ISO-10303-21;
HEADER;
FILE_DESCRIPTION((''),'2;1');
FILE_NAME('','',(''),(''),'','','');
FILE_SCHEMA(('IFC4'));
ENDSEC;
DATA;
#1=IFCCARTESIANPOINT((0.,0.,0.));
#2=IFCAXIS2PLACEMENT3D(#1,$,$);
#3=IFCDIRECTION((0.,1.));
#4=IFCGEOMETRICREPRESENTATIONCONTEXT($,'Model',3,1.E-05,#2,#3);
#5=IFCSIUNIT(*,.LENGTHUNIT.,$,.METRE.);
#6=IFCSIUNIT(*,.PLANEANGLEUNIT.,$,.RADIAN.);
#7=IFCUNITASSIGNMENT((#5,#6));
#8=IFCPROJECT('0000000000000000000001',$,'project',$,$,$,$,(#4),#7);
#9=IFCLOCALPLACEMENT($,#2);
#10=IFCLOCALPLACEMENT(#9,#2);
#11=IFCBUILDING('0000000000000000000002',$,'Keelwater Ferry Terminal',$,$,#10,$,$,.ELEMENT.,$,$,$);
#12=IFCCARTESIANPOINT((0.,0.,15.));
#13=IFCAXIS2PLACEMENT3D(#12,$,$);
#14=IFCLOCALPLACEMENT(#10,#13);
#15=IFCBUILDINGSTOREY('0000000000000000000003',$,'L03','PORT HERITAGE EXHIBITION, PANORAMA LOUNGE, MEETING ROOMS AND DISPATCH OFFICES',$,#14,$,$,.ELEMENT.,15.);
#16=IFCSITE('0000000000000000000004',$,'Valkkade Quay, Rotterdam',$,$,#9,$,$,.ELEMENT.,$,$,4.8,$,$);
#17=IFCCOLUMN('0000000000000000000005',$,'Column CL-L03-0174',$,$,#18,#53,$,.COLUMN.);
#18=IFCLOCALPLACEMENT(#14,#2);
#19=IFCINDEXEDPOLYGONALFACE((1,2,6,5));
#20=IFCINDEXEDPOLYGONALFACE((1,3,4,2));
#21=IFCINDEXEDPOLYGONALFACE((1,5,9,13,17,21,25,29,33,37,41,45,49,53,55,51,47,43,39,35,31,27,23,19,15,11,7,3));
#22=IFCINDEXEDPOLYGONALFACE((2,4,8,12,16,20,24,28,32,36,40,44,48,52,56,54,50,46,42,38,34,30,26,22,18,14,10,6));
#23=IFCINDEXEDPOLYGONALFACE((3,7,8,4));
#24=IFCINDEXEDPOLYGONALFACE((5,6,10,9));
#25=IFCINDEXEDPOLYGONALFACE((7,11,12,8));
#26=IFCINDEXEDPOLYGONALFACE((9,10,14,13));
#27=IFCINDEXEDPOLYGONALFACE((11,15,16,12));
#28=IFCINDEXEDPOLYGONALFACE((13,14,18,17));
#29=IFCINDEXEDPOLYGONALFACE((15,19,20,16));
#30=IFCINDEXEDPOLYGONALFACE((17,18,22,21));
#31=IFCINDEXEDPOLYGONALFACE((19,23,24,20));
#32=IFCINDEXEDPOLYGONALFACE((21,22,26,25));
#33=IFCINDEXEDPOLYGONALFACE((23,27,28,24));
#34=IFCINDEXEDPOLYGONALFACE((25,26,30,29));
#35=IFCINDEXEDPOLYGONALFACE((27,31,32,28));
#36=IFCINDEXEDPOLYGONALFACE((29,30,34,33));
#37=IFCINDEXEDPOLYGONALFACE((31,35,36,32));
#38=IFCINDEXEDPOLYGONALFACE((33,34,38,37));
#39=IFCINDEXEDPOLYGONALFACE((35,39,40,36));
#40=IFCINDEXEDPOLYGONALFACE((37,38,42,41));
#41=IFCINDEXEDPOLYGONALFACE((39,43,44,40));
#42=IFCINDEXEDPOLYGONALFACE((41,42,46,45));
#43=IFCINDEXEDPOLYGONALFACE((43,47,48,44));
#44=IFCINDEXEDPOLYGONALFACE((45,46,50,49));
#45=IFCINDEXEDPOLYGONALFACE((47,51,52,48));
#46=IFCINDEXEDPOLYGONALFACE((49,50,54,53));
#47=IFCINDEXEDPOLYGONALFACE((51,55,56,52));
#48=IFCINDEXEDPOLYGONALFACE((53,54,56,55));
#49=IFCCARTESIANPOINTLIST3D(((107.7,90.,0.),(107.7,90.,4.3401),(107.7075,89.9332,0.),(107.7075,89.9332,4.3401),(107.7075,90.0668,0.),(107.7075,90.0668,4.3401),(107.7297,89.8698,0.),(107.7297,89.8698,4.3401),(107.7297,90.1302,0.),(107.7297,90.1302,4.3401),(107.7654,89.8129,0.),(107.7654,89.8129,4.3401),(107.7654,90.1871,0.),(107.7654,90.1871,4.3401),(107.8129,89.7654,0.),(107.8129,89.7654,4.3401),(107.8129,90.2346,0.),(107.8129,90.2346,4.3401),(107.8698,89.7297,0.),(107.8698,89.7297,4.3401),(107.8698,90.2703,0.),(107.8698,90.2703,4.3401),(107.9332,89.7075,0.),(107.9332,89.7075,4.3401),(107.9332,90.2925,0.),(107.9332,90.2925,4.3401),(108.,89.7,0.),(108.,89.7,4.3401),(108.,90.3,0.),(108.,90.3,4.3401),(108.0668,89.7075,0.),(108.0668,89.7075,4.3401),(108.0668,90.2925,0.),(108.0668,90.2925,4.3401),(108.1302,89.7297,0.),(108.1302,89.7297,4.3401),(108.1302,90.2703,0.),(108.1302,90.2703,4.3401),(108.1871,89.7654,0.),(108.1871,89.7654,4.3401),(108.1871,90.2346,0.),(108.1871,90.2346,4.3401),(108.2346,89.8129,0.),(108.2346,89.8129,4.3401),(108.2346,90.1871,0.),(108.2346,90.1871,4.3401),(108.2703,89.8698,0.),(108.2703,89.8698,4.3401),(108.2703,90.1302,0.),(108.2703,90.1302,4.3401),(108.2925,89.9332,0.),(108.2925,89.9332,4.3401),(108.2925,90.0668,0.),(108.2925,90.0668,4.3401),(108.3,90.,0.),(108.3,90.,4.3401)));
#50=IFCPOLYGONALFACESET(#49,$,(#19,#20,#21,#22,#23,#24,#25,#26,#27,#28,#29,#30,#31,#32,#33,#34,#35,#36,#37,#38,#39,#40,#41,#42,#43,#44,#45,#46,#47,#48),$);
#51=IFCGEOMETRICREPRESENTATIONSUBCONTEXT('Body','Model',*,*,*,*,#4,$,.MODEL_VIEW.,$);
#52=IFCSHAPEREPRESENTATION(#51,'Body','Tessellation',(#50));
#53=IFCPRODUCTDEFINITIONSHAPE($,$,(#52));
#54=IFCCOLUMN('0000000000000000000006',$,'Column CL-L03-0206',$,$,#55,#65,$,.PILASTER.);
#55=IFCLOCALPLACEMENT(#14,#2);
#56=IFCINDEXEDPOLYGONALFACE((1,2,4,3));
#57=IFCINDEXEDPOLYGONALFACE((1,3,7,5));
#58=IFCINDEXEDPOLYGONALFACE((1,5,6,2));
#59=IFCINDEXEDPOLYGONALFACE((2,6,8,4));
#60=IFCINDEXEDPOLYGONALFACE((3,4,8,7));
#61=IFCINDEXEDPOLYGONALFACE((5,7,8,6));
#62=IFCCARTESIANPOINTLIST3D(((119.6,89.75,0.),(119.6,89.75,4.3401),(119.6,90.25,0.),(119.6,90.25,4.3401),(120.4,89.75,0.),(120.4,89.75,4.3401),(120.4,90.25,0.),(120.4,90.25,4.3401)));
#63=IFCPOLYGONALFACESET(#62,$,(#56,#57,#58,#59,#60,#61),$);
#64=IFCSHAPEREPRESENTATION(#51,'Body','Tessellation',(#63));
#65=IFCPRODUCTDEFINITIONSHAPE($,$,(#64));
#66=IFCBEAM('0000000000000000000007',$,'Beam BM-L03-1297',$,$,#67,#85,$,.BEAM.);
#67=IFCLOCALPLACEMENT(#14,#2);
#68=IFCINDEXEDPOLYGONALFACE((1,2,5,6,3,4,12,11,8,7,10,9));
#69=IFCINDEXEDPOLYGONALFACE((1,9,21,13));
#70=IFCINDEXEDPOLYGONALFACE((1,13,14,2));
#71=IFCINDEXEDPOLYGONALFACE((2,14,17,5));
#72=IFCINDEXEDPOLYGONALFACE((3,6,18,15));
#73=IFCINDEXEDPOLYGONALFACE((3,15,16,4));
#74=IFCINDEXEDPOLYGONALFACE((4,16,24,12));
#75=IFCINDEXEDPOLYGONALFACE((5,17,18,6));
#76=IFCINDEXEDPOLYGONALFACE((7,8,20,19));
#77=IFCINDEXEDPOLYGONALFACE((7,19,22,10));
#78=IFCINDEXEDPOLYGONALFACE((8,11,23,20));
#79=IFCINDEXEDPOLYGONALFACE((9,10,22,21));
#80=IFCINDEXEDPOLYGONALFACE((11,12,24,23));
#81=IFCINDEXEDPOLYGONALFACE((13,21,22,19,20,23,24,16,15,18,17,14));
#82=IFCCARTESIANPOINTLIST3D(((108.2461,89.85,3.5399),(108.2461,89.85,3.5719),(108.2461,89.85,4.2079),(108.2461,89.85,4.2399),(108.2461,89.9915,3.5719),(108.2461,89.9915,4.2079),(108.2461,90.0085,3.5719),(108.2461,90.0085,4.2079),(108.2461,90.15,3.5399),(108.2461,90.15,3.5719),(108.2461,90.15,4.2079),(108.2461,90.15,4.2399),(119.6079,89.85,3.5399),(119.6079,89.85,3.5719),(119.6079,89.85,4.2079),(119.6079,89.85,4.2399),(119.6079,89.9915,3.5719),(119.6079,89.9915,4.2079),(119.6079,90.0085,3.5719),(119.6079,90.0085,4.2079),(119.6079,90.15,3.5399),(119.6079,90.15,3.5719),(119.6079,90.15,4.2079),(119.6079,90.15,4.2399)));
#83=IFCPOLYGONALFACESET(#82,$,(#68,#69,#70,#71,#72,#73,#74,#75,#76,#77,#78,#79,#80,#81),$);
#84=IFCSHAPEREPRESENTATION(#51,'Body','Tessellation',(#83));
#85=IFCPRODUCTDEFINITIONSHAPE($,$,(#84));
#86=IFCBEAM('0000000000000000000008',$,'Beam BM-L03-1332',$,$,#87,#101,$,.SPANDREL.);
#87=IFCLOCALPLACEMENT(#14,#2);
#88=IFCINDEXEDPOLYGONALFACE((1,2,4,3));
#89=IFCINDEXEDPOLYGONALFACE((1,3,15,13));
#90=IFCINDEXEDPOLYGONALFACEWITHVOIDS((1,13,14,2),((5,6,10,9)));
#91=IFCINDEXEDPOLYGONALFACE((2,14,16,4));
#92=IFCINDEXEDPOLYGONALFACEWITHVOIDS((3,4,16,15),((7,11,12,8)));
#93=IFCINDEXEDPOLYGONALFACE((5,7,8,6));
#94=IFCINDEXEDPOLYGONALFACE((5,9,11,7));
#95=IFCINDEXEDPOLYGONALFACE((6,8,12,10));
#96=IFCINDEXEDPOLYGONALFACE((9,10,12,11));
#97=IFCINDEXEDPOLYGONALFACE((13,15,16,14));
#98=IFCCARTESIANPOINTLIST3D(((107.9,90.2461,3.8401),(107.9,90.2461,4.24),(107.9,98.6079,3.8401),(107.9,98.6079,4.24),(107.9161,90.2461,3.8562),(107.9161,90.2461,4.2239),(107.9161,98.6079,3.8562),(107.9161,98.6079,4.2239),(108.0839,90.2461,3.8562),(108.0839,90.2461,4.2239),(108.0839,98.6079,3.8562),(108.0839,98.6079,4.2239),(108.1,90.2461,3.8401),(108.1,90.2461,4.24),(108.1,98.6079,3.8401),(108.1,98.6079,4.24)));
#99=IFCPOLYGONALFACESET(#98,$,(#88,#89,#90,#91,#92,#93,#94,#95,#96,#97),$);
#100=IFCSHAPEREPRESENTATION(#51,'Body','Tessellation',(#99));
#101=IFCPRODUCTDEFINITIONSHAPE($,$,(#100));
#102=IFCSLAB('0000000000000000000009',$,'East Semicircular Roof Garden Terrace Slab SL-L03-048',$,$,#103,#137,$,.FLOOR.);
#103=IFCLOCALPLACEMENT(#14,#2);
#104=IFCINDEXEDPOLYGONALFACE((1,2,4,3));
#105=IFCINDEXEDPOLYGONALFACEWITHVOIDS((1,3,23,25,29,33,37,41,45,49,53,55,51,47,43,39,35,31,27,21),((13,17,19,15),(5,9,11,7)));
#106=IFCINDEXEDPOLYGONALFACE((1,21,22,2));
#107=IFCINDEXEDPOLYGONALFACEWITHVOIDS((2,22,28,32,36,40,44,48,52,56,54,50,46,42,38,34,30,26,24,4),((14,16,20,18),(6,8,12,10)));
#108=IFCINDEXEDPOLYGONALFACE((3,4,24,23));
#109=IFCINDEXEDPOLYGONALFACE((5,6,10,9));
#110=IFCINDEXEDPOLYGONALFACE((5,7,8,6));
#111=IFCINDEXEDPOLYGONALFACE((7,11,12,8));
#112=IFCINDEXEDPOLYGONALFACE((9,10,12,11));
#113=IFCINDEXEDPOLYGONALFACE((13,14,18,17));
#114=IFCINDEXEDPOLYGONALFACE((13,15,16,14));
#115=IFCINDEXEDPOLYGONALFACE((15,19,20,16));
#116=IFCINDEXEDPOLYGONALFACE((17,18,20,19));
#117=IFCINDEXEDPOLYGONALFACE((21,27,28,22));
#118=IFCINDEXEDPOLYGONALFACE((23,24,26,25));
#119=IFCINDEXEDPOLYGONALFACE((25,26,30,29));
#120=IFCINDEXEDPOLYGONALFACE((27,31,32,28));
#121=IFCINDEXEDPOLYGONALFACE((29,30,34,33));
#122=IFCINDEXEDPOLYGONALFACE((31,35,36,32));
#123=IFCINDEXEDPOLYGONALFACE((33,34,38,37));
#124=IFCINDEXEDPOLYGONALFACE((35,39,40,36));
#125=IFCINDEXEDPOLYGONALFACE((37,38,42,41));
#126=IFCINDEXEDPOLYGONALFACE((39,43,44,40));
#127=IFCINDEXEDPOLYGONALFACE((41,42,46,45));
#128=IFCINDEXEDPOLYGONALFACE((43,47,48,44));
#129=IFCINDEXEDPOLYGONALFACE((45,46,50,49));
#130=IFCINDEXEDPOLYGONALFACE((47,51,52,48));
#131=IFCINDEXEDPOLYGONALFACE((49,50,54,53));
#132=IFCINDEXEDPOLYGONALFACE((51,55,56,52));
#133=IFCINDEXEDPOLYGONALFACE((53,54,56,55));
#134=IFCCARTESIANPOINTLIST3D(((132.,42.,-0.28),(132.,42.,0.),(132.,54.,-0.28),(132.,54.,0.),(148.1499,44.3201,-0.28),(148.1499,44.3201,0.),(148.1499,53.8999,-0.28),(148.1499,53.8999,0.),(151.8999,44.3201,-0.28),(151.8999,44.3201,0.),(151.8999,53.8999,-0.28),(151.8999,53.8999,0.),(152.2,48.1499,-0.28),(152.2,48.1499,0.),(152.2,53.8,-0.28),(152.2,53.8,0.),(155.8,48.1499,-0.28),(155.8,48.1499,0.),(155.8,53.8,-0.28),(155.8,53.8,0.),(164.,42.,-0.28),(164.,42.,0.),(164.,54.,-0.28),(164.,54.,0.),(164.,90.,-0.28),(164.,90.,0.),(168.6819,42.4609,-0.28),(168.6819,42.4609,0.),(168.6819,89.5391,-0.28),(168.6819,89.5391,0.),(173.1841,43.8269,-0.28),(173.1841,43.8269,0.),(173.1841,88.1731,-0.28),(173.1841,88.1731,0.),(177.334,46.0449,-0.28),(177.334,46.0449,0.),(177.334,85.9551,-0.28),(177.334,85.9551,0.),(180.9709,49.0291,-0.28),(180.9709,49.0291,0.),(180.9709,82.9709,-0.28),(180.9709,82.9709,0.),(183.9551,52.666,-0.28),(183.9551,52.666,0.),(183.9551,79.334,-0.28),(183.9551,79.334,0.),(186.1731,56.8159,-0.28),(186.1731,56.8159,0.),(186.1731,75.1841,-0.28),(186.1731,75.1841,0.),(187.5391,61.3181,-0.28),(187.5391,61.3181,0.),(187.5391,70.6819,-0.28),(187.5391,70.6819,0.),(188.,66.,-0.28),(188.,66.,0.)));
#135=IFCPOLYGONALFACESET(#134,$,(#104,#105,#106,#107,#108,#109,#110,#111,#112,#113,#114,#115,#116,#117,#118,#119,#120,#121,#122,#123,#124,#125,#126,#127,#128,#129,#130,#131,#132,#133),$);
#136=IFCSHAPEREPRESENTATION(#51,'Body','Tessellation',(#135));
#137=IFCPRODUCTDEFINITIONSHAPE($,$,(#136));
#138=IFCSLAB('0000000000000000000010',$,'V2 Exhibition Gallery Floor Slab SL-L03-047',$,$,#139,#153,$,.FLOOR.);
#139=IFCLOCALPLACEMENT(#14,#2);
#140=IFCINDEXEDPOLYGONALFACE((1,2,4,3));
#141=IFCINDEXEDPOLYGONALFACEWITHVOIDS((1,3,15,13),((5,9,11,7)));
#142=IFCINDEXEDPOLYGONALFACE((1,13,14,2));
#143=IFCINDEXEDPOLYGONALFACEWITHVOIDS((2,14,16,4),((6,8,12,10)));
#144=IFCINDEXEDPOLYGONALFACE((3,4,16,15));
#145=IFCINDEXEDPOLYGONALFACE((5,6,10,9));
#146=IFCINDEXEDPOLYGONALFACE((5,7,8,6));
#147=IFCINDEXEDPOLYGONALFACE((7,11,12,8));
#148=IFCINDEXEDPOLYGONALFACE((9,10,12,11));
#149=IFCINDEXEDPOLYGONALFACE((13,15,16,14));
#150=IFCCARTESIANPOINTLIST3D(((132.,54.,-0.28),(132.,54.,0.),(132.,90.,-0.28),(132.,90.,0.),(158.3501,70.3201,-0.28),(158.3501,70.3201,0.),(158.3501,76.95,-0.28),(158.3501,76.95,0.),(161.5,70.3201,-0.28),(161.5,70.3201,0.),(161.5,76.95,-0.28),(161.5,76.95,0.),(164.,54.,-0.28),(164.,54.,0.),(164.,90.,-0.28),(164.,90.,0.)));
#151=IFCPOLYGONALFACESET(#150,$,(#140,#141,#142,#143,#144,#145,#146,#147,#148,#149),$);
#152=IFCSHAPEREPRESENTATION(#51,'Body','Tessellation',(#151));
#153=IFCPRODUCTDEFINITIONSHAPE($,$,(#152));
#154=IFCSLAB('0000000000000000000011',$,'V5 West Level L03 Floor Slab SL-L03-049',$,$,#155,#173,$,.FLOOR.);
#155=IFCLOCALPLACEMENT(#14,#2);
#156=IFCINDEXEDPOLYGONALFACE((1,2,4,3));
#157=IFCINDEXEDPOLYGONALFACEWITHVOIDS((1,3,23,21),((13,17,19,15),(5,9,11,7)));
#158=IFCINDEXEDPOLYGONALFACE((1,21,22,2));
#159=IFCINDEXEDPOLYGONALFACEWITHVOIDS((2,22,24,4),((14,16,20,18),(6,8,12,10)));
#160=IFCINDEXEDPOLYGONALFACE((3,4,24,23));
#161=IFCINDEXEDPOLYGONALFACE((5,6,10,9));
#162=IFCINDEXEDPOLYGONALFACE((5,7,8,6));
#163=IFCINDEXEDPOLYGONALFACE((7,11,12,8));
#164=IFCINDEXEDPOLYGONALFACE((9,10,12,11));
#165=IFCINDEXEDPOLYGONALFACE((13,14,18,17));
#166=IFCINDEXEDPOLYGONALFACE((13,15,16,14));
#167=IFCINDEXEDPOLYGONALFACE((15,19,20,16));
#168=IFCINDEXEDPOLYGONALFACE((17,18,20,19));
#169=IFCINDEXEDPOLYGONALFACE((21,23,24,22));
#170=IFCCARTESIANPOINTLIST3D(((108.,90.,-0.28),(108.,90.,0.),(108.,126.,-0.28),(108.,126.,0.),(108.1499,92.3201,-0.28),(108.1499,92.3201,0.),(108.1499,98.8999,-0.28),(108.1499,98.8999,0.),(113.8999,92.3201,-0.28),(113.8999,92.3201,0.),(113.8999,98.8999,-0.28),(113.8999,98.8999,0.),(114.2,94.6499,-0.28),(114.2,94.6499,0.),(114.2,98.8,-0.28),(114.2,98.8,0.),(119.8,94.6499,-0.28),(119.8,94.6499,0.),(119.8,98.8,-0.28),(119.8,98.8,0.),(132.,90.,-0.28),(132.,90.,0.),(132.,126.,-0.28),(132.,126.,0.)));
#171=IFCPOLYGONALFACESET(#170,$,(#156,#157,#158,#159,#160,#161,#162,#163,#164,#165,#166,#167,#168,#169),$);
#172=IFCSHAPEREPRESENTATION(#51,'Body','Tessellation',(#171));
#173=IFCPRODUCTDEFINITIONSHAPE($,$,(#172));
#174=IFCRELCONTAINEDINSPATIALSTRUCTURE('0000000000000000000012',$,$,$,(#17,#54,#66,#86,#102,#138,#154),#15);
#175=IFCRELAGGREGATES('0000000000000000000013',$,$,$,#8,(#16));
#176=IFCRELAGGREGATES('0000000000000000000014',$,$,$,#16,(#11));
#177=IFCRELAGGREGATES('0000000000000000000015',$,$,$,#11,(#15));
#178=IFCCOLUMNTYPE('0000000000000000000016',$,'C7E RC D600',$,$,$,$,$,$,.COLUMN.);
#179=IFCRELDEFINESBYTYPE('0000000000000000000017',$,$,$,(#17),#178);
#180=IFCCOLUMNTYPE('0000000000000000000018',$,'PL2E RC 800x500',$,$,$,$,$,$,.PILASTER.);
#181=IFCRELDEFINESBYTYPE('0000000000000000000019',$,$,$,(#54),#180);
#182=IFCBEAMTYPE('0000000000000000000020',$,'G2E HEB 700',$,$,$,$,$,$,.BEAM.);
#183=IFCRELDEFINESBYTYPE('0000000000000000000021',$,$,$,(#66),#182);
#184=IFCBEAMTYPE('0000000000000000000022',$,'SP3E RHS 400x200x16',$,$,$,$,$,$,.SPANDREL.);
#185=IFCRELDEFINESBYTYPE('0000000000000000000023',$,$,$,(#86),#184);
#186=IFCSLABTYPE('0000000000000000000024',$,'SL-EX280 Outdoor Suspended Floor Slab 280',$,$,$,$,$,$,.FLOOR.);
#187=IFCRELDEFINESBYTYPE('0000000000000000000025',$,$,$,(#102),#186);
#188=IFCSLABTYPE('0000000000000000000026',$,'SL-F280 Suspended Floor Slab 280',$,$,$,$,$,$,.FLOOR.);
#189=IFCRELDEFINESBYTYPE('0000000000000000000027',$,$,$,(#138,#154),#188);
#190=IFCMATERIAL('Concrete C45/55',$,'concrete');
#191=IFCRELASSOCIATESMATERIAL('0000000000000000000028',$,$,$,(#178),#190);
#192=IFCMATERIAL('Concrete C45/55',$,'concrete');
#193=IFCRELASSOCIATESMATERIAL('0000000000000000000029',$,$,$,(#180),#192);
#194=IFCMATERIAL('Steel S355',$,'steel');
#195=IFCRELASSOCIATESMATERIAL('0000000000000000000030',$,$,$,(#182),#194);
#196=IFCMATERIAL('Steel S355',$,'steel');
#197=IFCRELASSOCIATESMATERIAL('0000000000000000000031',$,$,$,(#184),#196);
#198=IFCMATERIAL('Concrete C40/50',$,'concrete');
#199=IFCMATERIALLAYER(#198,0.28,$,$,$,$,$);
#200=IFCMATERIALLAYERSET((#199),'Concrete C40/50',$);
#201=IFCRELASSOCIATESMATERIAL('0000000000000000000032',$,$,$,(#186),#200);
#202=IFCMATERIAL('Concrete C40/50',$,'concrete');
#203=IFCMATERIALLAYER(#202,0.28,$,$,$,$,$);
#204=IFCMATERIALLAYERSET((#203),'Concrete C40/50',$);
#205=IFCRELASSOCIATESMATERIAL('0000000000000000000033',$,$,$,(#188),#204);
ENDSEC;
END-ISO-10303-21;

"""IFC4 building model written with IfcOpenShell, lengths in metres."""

from ifc_helpers import new_model, si_unit, direction, frame, origin, origin_2d, place, context, subcontext, project, spatial, polyline, rectangle, hollow_rectangle, circle, i_section, outline, extrude, material, layer, layer_set, material_profile, profile_set, type_object, element, save


model = new_model("IFC4")

# Units and contexts
model_context = context("Model", 3, precision=1e-05, world=origin(), true_north=direction((0.0, 1.0)))
body_context = subcontext(model_context, "Body", "Model", "MODEL_VIEW")
ifc_project = project(units=[si_unit("LENGTHUNIT", "METRE"), si_unit("PLANEANGLEUNIT", "RADIAN")], contexts=[model_context])

# Site, building, storey
site_placement = place(None, origin())
site = spatial("IfcSite", under=ifc_project, at=site_placement, Name="Valkkade Quay, Rotterdam", CompositionType="ELEMENT", RefElevation=4.8)
building_placement = place(site_placement, origin())
building = spatial("IfcBuilding", under=site, at=building_placement, Name="Keelwater Ferry Terminal", CompositionType="ELEMENT")
storey_placement = place(building_placement, frame((0.0, 0.0, 15.0)))
storey = spatial("IfcBuildingStorey", under=building, at=storey_placement, Name="L03", Description="PORT HERITAGE EXHIBITION, PANORAMA LOUNGE, MEETING ROOMS AND DISPATCH OFFICES", CompositionType="ELEMENT", Elevation=15.0)

# Columns
ifc_material_1 = material(Name="Concrete C45/55", Category="concrete")
ifc_material_profile_1 = material_profile(ifc_material_1, circle(Radius=0.3, at=origin_2d()), Name="RC D600")
ifc_profile_set_1 = profile_set([ifc_material_profile_1], Name="Concrete C45/55")
column_type_1 = type_object("IfcColumnType", Name="C7E RC D600", PredefinedType="COLUMN", material=ifc_profile_set_1)
column_1_placement = place(storey_placement, frame((108.0, 90.0, 0.0), z_axis=(0.0, 0.0, 1.0), x_axis=(1.0, 0.0, 0.0)))
element("IfcColumn", 1, at=column_1_placement, inside=storey, type_object=column_type_1, Name="Column CL-L03-0174", PredefinedType="COLUMN", context=body_context, shape_type="SweptSolid", body=[
    extrude(circle(Radius=0.3, at=origin_2d()), origin(), (0.0, 0.0, 1.0), 4.3401),
])
ifc_material_2 = material(Name="Concrete C45/55", Category="concrete")
ifc_material_profile_2 = material_profile(ifc_material_2, rectangle(XDim=0.5, YDim=0.8, at=origin_2d()), Name="RC 800x500")
ifc_profile_set_2 = profile_set([ifc_material_profile_2], Name="Concrete C45/55")
column_type_2 = type_object("IfcColumnType", Name="PL2E RC 800x500", PredefinedType="PILASTER", material=ifc_profile_set_2)
column_2_placement = place(storey_placement, frame((120.0, 90.0, 0.0), z_axis=(0.0, 0.0, 1.0), x_axis=(0.0, 1.0, 0.0)))
element("IfcColumn", 2, at=column_2_placement, inside=storey, type_object=column_type_2, Name="Column CL-L03-0206", PredefinedType="PILASTER", context=body_context, shape_type="SweptSolid", body=[
    extrude(rectangle(XDim=0.5, YDim=0.8, at=origin_2d()), origin(), (0.0, 0.0, 1.0), 4.3401),
])

# Beams
ifc_material_3 = material(Name="Steel S355", Category="steel")
ifc_material_profile_3 = material_profile(ifc_material_3, i_section(OverallWidth=0.3, OverallDepth=0.7, WebThickness=0.0171, FlangeThickness=0.032, at=origin_2d()), Name="HEB 700")
ifc_profile_set_3 = profile_set([ifc_material_profile_3], Name="Steel S355")
beam_type_1 = type_object("IfcBeamType", Name="G2E HEB 700", PredefinedType="BEAM", material=ifc_profile_set_3)
beam_1_placement = place(storey_placement, frame((108.2461, 90.0, 3.8899), z_axis=(1.0, 0.0, 0.0), x_axis=(0.0, 1.0, 0.0)))
element("IfcBeam", 3, at=beam_1_placement, inside=storey, type_object=beam_type_1, Name="Beam BM-L03-1297", PredefinedType="BEAM", context=body_context, shape_type="SweptSolid", body=[
    extrude(i_section(OverallWidth=0.3, OverallDepth=0.7, WebThickness=0.0171, FlangeThickness=0.032, at=origin_2d()), origin(), (0.0, 0.0, 1.0), 11.3618),
])
ifc_material_4 = material(Name="Steel S355", Category="steel")
ifc_material_profile_4 = material_profile(ifc_material_4, hollow_rectangle(XDim=0.2, YDim=0.3999, WallThickness=0.0161, at=origin_2d()), Name="RHS 400x200x16")
ifc_profile_set_4 = profile_set([ifc_material_profile_4], Name="Steel S355")
beam_type_2 = type_object("IfcBeamType", Name="SP3E RHS 400x200x16", PredefinedType="SPANDREL", material=ifc_profile_set_4)
beam_2_placement = place(storey_placement, frame((108.0, 90.2461, 4.04), z_axis=(0.0, 1.0, 0.0), x_axis=(-1.0, 0.0, 0.0)))
element("IfcBeam", 4, at=beam_2_placement, inside=storey, type_object=beam_type_2, Name="Beam BM-L03-1332", PredefinedType="SPANDREL", context=body_context, shape_type="SweptSolid", body=[
    extrude(hollow_rectangle(XDim=0.2, YDim=0.3999, WallThickness=0.0161, at=origin_2d()), origin(), (0.0, 0.0, 1.0), 8.3618),
])

# Slabs
ifc_material_5 = material(Name="Concrete C40/50", Category="concrete")
ifc_layer_1 = layer(ifc_material_5, 0.28)
ifc_layer_set_1 = layer_set([ifc_layer_1], Name="Concrete C40/50")
slab_type_1 = type_object("IfcSlabType", Name="SL-EX280 Outdoor Suspended Floor Slab 280", PredefinedType="FLOOR", material=ifc_layer_set_1)
slab_1_placement = place(storey_placement, frame((0.0, 0.0, -0.28)))
element("IfcSlab", 5, at=slab_1_placement, inside=storey, type_object=slab_type_1, Name="East Semicircular Roof Garden Terrace Slab SL-L03-048", PredefinedType="FLOOR", context=body_context, shape_type="SweptSolid", body=[
    extrude(outline(polyline([(132.0, 42.0), (164.0, 42.0), (168.6819, 42.4609), (173.1841, 43.8269), (177.334, 46.0449), (180.9709, 49.0291), (183.9551, 52.666), (186.1731, 56.8159), (187.5391, 61.3181), (188.0, 66.0), (187.5391, 70.6819), (186.1731, 75.1841), (183.9551, 79.334), (180.9709, 82.9709), (177.334, 85.9551), (173.1841, 88.1731), (168.6819, 89.5391), (164.0, 90.0), (164.0, 54.0), (132.0, 54.0), (132.0, 42.0)]), holes=[polyline([(148.1499, 44.3201), (151.8999, 44.3201), (151.8999, 53.8999), (148.1499, 53.8999), (148.1499, 44.3201)]), polyline([(152.2, 48.1499), (155.8, 48.1499), (155.8, 53.8), (152.2, 53.8), (152.2, 48.1499)])]), origin(), (0.0, 0.0, 1.0), 0.28),
])
ifc_material_6 = material(Name="Concrete C40/50", Category="concrete")
ifc_layer_2 = layer(ifc_material_6, 0.28)
ifc_layer_set_2 = layer_set([ifc_layer_2], Name="Concrete C40/50")
slab_type_2 = type_object("IfcSlabType", Name="SL-F280 Suspended Floor Slab 280", PredefinedType="FLOOR", material=ifc_layer_set_2)
slab_2_placement = place(storey_placement, frame((0.0, 0.0, -0.28)))
element("IfcSlab", 6, at=slab_2_placement, inside=storey, type_object=slab_type_2, Name="V2 Exhibition Gallery Floor Slab SL-L03-047", PredefinedType="FLOOR", context=body_context, shape_type="SweptSolid", body=[
    extrude(outline(polyline([(132.0, 54.0), (164.0, 54.0), (164.0, 90.0), (132.0, 90.0), (132.0, 54.0)]), holes=[polyline([(158.3501, 70.3201), (161.5, 70.3201), (161.5, 76.95), (158.3501, 76.95), (158.3501, 70.3201)])]), origin(), (0.0, 0.0, 1.0), 0.28),
])
slab_3_placement = place(storey_placement, frame((0.0, 0.0, -0.28)))
element("IfcSlab", 7, at=slab_3_placement, inside=storey, type_object=slab_type_2, Name="V5 West Level L03 Floor Slab SL-L03-049", PredefinedType="FLOOR", context=body_context, shape_type="SweptSolid", body=[
    extrude(outline(polyline([(108.0, 90.0), (132.0, 90.0), (132.0, 126.0), (108.0, 126.0), (108.0, 90.0)]), holes=[polyline([(108.1499, 92.3201), (113.8999, 92.3201), (113.8999, 98.8999), (108.1499, 98.8999), (108.1499, 92.3201)]), polyline([(114.2, 94.6499), (119.8, 94.6499), (119.8, 98.8), (114.2, 98.8), (114.2, 94.6499)])]), origin(), (0.0, 0.0, 1.0), 0.28),
])

save(model, "model.ifc")
